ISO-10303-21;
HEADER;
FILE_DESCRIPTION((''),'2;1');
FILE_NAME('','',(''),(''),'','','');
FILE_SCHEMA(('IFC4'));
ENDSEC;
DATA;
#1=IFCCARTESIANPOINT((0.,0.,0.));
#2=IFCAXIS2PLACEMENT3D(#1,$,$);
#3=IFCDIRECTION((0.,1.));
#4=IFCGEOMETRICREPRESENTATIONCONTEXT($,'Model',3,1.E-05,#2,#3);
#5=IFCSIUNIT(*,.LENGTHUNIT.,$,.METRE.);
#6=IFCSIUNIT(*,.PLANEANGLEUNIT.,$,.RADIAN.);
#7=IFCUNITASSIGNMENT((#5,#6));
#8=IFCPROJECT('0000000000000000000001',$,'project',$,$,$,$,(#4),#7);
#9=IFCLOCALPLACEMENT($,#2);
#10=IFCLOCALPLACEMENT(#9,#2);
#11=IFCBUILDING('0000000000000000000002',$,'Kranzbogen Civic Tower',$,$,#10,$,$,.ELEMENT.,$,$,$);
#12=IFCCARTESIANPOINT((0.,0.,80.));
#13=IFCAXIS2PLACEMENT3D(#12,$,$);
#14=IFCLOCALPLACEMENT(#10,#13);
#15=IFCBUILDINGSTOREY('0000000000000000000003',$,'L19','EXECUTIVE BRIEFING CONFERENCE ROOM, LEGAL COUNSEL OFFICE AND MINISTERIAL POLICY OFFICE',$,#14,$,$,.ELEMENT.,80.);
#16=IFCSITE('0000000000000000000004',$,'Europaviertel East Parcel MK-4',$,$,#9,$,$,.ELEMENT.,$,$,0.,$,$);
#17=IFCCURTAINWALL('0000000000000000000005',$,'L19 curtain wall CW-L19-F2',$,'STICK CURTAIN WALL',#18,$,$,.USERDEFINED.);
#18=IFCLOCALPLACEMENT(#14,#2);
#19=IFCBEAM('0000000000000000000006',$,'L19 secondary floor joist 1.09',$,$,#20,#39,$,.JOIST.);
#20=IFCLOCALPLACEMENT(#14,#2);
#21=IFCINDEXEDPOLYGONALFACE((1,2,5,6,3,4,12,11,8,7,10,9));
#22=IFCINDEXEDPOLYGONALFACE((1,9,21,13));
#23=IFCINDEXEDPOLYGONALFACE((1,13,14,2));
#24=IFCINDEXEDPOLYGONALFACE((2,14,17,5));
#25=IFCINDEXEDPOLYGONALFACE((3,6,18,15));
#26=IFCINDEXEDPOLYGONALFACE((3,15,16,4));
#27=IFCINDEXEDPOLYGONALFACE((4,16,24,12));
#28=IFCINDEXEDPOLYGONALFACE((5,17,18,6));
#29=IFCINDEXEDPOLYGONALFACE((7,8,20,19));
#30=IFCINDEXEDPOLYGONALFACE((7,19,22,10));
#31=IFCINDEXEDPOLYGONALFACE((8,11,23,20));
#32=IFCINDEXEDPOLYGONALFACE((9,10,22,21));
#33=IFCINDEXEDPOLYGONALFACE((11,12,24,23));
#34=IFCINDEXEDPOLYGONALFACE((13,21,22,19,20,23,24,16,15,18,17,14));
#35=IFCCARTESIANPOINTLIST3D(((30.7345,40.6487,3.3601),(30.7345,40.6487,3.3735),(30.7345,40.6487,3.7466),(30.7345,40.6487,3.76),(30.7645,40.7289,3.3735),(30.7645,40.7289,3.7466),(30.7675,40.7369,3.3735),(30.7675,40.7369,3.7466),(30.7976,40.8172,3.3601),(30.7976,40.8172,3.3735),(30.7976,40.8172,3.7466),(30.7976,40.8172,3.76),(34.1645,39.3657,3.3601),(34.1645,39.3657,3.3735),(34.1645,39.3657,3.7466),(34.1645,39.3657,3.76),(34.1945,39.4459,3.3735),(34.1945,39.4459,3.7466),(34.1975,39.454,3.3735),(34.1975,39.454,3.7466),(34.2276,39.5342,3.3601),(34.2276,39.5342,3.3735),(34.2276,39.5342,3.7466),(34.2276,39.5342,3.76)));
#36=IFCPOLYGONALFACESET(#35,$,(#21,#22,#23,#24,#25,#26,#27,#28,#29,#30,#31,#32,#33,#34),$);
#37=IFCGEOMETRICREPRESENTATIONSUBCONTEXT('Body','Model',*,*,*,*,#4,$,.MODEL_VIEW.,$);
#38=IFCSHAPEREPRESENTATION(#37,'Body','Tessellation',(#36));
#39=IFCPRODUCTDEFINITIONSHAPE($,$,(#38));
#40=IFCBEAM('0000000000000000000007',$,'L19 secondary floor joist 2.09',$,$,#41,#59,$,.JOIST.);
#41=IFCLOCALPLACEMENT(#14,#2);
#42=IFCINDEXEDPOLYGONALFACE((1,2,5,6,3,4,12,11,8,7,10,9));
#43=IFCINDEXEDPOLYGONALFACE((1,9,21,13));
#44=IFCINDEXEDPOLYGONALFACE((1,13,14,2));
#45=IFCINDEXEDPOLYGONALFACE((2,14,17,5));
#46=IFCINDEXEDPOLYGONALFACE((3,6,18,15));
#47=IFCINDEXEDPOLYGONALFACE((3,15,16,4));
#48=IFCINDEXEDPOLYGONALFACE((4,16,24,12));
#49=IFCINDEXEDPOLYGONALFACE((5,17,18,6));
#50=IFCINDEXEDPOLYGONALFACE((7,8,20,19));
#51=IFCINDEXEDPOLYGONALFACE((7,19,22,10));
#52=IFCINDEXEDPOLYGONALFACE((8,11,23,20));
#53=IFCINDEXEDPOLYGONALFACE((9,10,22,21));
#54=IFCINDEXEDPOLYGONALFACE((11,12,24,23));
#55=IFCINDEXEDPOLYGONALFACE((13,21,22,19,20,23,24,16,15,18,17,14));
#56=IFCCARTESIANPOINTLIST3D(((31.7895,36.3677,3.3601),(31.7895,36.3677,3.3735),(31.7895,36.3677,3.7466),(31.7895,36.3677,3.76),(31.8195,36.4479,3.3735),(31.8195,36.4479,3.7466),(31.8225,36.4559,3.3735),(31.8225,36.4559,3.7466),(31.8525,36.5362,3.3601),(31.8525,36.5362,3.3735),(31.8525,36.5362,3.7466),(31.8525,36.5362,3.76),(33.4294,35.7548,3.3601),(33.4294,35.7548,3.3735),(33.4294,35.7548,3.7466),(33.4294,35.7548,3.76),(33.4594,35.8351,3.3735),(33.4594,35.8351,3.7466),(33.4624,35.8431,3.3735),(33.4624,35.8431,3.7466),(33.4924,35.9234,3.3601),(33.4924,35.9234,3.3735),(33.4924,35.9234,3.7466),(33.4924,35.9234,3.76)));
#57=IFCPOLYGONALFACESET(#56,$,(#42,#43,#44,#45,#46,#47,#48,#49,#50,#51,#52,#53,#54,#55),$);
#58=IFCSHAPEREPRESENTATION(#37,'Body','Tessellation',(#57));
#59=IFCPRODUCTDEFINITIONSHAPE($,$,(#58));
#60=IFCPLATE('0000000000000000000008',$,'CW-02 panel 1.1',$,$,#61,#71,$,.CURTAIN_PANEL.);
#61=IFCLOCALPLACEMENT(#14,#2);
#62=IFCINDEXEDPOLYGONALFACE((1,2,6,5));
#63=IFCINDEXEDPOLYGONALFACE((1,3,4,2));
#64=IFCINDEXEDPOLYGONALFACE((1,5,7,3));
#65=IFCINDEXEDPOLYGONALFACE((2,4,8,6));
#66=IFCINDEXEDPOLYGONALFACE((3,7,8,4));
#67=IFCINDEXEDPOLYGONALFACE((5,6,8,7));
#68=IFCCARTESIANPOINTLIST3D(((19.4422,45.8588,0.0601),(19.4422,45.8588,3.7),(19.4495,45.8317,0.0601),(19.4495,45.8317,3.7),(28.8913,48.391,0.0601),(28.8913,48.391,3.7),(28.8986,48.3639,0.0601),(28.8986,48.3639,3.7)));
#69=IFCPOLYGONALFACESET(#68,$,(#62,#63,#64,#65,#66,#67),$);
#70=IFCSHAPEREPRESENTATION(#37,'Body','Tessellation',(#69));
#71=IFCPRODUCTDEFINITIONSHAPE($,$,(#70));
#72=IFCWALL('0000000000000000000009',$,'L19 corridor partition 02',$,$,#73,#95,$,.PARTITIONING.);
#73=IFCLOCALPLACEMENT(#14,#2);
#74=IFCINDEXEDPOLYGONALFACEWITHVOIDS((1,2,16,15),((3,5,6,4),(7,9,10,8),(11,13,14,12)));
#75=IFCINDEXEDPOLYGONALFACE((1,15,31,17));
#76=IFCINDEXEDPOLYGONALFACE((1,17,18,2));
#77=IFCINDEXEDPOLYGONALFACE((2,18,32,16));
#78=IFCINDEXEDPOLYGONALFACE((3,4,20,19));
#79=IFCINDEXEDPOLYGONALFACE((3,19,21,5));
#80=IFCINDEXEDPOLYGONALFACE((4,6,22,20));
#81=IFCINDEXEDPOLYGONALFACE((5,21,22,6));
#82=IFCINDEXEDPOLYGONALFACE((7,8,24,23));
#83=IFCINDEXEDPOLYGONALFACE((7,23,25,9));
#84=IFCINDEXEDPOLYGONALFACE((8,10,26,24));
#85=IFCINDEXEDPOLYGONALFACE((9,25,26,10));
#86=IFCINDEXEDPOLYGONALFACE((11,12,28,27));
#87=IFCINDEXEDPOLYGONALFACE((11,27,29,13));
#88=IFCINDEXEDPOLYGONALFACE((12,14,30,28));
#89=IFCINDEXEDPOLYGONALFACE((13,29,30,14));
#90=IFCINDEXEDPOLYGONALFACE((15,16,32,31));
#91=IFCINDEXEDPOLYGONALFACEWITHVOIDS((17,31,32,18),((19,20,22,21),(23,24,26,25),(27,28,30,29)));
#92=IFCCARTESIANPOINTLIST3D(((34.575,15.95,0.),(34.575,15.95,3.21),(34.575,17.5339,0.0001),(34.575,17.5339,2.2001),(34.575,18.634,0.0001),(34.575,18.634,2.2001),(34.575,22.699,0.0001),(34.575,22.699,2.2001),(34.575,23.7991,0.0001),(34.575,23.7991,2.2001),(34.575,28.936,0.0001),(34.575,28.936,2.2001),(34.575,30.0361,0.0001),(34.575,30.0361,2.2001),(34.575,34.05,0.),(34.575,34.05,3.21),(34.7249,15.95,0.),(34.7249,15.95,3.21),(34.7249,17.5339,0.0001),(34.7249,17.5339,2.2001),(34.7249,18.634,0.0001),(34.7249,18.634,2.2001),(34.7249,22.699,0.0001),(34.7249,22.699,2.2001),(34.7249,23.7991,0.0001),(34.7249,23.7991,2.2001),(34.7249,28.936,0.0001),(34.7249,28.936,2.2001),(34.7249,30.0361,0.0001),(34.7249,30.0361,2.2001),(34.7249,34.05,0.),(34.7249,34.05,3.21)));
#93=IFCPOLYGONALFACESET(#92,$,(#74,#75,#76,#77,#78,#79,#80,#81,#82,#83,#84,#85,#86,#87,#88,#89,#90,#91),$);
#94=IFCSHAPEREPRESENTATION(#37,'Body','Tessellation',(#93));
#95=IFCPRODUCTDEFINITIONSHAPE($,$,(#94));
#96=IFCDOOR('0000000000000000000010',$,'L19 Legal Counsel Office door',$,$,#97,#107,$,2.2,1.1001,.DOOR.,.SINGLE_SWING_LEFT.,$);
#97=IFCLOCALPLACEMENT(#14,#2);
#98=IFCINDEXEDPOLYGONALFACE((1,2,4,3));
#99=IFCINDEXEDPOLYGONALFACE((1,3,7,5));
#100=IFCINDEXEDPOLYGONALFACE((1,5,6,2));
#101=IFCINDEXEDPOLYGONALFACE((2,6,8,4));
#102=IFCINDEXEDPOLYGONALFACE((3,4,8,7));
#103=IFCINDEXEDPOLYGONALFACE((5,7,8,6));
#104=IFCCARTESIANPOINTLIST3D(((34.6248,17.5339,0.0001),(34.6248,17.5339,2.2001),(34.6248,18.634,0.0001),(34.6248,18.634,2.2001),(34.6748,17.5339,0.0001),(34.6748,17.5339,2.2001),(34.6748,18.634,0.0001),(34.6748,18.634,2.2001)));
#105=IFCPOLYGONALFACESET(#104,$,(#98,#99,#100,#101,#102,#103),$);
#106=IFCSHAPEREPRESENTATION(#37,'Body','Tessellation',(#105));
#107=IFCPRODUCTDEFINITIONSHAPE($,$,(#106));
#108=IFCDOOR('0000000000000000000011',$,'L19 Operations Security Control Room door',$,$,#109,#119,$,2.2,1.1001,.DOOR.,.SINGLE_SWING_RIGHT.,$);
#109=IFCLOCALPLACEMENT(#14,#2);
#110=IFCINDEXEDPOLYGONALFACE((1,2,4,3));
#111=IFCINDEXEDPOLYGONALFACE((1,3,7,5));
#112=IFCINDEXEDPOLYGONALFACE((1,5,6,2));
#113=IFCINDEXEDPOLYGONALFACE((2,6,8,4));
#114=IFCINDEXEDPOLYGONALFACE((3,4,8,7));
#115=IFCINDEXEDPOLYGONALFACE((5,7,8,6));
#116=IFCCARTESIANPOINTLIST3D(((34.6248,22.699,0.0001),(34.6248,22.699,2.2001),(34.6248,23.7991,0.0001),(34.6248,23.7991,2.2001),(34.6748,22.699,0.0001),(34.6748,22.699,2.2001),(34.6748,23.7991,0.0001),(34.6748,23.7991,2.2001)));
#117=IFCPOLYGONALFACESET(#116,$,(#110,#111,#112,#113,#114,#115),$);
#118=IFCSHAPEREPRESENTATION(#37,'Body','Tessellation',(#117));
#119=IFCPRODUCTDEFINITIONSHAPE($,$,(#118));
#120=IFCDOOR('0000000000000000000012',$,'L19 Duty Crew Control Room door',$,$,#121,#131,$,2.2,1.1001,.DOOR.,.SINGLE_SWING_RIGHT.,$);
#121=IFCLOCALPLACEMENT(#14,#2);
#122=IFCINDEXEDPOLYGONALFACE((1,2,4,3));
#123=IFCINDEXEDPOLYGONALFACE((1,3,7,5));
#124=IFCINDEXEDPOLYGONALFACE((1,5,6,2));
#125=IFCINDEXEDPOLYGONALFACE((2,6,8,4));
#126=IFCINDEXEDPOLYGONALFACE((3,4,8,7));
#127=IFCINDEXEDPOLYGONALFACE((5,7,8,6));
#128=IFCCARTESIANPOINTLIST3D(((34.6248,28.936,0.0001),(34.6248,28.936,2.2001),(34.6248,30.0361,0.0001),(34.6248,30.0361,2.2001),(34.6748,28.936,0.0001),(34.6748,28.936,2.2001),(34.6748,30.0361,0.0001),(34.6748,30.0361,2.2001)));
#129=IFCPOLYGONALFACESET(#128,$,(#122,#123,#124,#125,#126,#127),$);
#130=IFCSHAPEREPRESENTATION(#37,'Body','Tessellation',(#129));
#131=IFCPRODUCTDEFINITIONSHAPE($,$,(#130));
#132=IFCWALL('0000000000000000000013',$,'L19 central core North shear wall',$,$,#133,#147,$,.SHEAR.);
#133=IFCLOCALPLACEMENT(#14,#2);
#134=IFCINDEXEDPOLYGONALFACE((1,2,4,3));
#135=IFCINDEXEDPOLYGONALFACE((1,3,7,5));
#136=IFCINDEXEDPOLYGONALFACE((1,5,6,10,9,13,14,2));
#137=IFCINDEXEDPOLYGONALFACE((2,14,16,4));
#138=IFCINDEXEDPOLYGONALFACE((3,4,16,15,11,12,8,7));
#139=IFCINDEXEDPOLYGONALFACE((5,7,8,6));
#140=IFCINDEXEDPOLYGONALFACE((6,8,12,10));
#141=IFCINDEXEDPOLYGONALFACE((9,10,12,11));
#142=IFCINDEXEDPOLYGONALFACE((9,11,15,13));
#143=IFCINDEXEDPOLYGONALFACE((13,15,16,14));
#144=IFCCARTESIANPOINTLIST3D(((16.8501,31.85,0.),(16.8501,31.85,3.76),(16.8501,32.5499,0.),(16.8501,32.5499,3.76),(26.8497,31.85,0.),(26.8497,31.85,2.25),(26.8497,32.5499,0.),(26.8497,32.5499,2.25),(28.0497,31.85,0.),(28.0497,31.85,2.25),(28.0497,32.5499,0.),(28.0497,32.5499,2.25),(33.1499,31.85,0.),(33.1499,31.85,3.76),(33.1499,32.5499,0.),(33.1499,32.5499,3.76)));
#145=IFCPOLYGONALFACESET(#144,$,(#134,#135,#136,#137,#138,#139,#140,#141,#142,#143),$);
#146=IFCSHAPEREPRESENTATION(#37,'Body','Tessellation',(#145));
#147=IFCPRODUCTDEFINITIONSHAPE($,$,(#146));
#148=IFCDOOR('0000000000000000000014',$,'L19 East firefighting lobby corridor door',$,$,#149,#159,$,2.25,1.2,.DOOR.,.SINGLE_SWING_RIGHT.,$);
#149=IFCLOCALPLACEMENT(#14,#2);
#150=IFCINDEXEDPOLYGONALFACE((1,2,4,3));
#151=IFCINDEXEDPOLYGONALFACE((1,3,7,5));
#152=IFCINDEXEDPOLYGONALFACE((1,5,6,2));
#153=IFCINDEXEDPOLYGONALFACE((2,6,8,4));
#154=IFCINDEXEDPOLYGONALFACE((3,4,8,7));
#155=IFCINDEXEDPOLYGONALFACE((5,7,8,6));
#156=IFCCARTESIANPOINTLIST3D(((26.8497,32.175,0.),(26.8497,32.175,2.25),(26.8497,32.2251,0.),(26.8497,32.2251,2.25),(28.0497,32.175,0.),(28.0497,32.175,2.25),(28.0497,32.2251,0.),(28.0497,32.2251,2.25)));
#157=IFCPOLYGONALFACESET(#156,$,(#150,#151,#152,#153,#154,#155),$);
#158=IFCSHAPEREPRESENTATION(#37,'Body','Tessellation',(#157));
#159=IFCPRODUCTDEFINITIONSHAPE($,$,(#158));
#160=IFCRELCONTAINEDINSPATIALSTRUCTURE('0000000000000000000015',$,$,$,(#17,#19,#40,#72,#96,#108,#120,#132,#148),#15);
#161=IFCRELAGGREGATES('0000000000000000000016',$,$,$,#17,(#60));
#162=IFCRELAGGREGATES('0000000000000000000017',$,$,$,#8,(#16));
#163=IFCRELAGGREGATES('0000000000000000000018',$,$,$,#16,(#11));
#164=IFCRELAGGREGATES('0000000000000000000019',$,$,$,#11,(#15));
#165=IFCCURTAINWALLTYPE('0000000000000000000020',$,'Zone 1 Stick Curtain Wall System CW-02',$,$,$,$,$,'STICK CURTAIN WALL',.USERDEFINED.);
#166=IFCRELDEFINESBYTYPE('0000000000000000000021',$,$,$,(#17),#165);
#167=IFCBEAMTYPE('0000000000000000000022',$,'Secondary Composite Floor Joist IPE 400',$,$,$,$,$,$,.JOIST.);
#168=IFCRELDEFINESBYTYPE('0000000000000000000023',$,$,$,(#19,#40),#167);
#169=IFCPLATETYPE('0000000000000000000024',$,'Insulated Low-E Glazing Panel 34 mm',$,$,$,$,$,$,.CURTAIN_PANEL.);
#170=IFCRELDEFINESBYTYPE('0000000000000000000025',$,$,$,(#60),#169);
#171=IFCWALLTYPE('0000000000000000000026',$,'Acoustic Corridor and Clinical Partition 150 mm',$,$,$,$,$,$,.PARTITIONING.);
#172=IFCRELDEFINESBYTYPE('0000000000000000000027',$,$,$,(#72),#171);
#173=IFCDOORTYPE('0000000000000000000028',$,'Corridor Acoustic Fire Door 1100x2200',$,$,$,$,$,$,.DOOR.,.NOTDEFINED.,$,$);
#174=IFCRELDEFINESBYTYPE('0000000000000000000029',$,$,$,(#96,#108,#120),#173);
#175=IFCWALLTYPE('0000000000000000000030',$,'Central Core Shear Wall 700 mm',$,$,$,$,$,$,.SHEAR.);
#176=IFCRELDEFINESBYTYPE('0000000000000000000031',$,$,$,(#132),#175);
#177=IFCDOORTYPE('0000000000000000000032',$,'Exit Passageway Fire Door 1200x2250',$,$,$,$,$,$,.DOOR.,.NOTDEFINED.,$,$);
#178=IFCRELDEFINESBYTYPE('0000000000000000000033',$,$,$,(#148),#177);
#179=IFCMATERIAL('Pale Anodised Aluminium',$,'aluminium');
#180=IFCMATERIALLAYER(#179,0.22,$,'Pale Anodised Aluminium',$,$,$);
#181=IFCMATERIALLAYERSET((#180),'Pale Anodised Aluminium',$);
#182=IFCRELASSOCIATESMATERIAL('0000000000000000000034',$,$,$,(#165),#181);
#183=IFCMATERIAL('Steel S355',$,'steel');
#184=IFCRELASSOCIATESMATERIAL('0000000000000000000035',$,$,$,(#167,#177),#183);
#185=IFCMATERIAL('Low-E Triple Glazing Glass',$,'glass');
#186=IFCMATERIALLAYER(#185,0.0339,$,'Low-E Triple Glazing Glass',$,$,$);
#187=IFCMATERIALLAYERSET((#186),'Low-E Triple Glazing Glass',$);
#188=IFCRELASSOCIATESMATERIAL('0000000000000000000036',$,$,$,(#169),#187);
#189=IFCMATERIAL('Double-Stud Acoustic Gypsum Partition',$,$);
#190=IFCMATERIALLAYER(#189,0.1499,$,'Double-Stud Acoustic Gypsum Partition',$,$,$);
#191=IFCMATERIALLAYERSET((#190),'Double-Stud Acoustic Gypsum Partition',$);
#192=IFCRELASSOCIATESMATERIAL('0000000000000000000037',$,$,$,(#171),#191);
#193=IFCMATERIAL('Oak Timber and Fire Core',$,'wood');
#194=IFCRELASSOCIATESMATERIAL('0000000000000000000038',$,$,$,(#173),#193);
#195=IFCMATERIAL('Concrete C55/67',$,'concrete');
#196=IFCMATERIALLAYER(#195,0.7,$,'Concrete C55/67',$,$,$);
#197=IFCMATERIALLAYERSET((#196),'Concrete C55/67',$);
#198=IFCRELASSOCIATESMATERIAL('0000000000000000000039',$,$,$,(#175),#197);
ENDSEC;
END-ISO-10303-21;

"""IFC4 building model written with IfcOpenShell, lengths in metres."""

from ifc_helpers import new_model, si_unit, direction, frame, frame_2d, origin, origin_2d, place, context, subcontext, project, spatial, rectangle, i_section, extrude, material, layer, layer_set, material_profile, profile_set, type_object, element, fill, aggregate, save


model = new_model("IFC4")

# Units and contexts
model_context = context("Model", 3, precision=1e-05, world=origin(), true_north=direction((0.0, 1.0)))
body_context = subcontext(model_context, "Body", "Model", "MODEL_VIEW")
ifc_project = project(units=[si_unit("LENGTHUNIT", "METRE"), si_unit("PLANEANGLEUNIT", "RADIAN")], contexts=[model_context])

# Site, building, storey
site_placement = place(None, origin())
site = spatial("IfcSite", under=ifc_project, at=site_placement, Name="Europaviertel East Parcel MK-4", CompositionType="ELEMENT", RefElevation=0.0)
building_placement = place(site_placement, origin())
building = spatial("IfcBuilding", under=site, at=building_placement, Name="Kranzbogen Civic Tower", CompositionType="ELEMENT")
storey_placement = place(building_placement, frame((0.0, 0.0, 80.0)))
storey = spatial("IfcBuildingStorey", under=building, at=storey_placement, Name="L19", Description="EXECUTIVE BRIEFING CONFERENCE ROOM, LEGAL COUNSEL OFFICE AND MINISTERIAL POLICY OFFICE", CompositionType="ELEMENT", Elevation=80.0)

# Shared definitions
ifc_material_1 = material(Name="Steel S355", Category="steel")

# Shared definitions
ifc_material_2 = material(Name="Pale Anodised Aluminium", Category="aluminium")
ifc_layer_1 = layer(ifc_material_2, 0.22, Name="Pale Anodised Aluminium")
ifc_layer_set_1 = layer_set([ifc_layer_1], Name="Pale Anodised Aluminium")
curtain_wall_type = type_object("IfcCurtainWallType", Name="Zone 1 Stick Curtain Wall System CW-02", ElementType="STICK CURTAIN WALL", PredefinedType="USERDEFINED", material=ifc_layer_set_1)

# Curtain wall
curtain_wall_1_placement = place(storey_placement, origin())
curtain_wall_1 = element("IfcCurtainWall", 1, at=curtain_wall_1_placement, inside=storey, type_object=curtain_wall_type, Name="L19 curtain wall CW-L19-F2", ObjectType="STICK CURTAIN WALL", PredefinedType="USERDEFINED")

# Beams
ifc_material_profile_1 = material_profile(ifc_material_1, i_section(OverallWidth=0.1799, OverallDepth=0.3999, WebThickness=0.0085, FlangeThickness=0.0134, at=origin_2d()), Name="IPE 400")
ifc_profile_set_1 = profile_set([ifc_material_profile_1], Name="Steel S355")
beam_type_1 = type_object("IfcBeamType", Name="Secondary Composite Floor Joist IPE 400", PredefinedType="JOIST", material=ifc_profile_set_1)
beam_1_placement = place(storey_placement, frame((34.196, 39.45, 3.5601), z_axis=(-0.936622, 0.350342, 0.0), x_axis=(-0.350342, -0.936622, 0.0)))
element("IfcBeam", 2, at=beam_1_placement, inside=storey, type_object=beam_type_1, Name="L19 secondary floor joist 1.09", PredefinedType="JOIST", context=body_context, shape_type="SweptSolid", body=[
    extrude(i_section(OverallWidth=0.1799, OverallDepth=0.3999, WebThickness=0.0085, FlangeThickness=0.0134, at=origin_2d()), origin(), (0.0, 0.0, 1.0), 3.6621),
])
beam_2_placement = place(storey_placement, frame((33.4609, 35.8391, 3.5601), z_axis=(-0.936735, 0.350038, 0.0), x_axis=(-0.350038, -0.936735, 0.0)))
element("IfcBeam", 3, at=beam_2_placement, inside=storey, type_object=beam_type_1, Name="L19 secondary floor joist 2.09", PredefinedType="JOIST", context=body_context, shape_type="SweptSolid", body=[
    extrude(i_section(OverallWidth=0.1799, OverallDepth=0.3999, WebThickness=0.0085, FlangeThickness=0.0134, at=origin_2d()), origin(), (0.0, 0.0, 1.0), 1.7507),
])

# Plate
ifc_material_3 = material(Name="Low-E Triple Glazing Glass", Category="glass")
ifc_layer_2 = layer(ifc_material_3, 0.0339, Name="Low-E Triple Glazing Glass")
ifc_layer_set_2 = layer_set([ifc_layer_2], Name="Low-E Triple Glazing Glass")
plate_type = type_object("IfcPlateType", Name="Insulated Low-E Glazing Panel 34 mm", PredefinedType="CURTAIN_PANEL", material=ifc_layer_set_2)
plate_placement = place(storey_placement, frame((24.1704, 47.1113, 0.0601), z_axis=(0.0, 0.0, 1.0), x_axis=(-0.965917, -0.258851, 0.0)))
plate = element("IfcPlate", 4, at=plate_placement, type_object=plate_type, Name="CW-02 panel 1.1", PredefinedType="CURTAIN_PANEL", context=body_context, shape_type="SweptSolid", body=[
    extrude(rectangle(XDim=9.7825, YDim=0.0281, at=origin_2d()), origin(), (0.0, 0.0, 1.0), 3.6399),
])
aggregate(curtain_wall_1, [plate])

# Wall, openings, doors
ifc_material_4 = material(Name="Double-Stud Acoustic Gypsum Partition")
ifc_layer_3 = layer(ifc_material_4, 0.1499, Name="Double-Stud Acoustic Gypsum Partition")
ifc_layer_set_3 = layer_set([ifc_layer_3], Name="Double-Stud Acoustic Gypsum Partition")
wall_type_1 = type_object("IfcWallType", Name="Acoustic Corridor and Clinical Partition 150 mm", PredefinedType="PARTITIONING", material=ifc_layer_set_3)
wall_1_placement = place(storey_placement, frame((34.6499, 34.05, 0.0), z_axis=(0.0, 0.0, 1.0), x_axis=(0.0, -1.0, 0.0)))
wall_1 = element("IfcWall", 5, at=wall_1_placement, inside=storey, type_object=wall_type_1, Name="L19 corridor partition 02", PredefinedType="PARTITIONING", context=body_context, shape_type="SweptSolid", body=[
    extrude(rectangle(XDim=18.1001, YDim=0.1499, at=frame_2d((9.05, 0.0))), origin(), (0.0, 0.0, 1.0), 3.21),
])
opening_1_placement = place(wall_1_placement, frame((15.416, 0.0, 0.0)))
opening_1 = element("IfcOpeningElement", 6, at=opening_1_placement, cuts=wall_1, PredefinedType="OPENING", context=body_context, shape_type="SweptSolid", body=[
    extrude(rectangle(XDim=1.1001, YDim=2.2, at=frame_2d((0.55, 1.1001))), frame((0.0, 0.085, 0.0), z_axis=(0.0, -1.0, 0.0), x_axis=(1.0, 0.0, 0.0)), (0.0, 0.0, 1.0), 0.1699),
])
opening_2_placement = place(wall_1_placement, frame((10.251, 0.0, 0.0)))
opening_2 = element("IfcOpeningElement", 7, at=opening_2_placement, cuts=wall_1, PredefinedType="OPENING", context=body_context, shape_type="SweptSolid", body=[
    extrude(rectangle(XDim=1.1001, YDim=2.2, at=frame_2d((0.55, 1.1001))), frame((0.0, 0.085, 0.0), z_axis=(0.0, -1.0, 0.0), x_axis=(1.0, 0.0, 0.0)), (0.0, 0.0, 1.0), 0.1699),
])
opening_3_placement = place(wall_1_placement, frame((4.0139, 0.0, 0.0)))
opening_3 = element("IfcOpeningElement", 8, at=opening_3_placement, cuts=wall_1, PredefinedType="OPENING", context=body_context, shape_type="SweptSolid", body=[
    extrude(rectangle(XDim=1.1001, YDim=2.2, at=frame_2d((0.55, 1.1001))), frame((0.0, 0.085, 0.0), z_axis=(0.0, -1.0, 0.0), x_axis=(1.0, 0.0, 0.0)), (0.0, 0.0, 1.0), 0.1699),
])
ifc_material_5 = material(Name="Oak Timber and Fire Core", Category="wood")
door_type_1 = type_object("IfcDoorType", Name="Corridor Acoustic Fire Door 1100x2200", OperationType="NOTDEFINED", PredefinedType="DOOR", material=ifc_material_5)
door_1_placement = place(opening_1_placement, origin())
door_1 = element("IfcDoor", 9, at=door_1_placement, inside=storey, type_object=door_type_1, Name="L19 Legal Counsel Office door", OperationType="SINGLE_SWING_LEFT", OverallHeight=2.2, OverallWidth=1.1001, PredefinedType="DOOR", context=body_context, shape_type="SweptSolid", body=[
    extrude(rectangle(XDim=1.1001, YDim=2.2, at=frame_2d((0.55, 1.1001))), frame((0.0, 0.0249, 0.0), z_axis=(0.0, -1.0, 0.0), x_axis=(1.0, 0.0, 0.0)), (0.0, 0.0, 1.0), 0.05),
])
fill(opening_1, door_1)
door_2_placement = place(opening_2_placement, origin())
door_2 = element("IfcDoor", 10, at=door_2_placement, inside=storey, type_object=door_type_1, Name="L19 Operations Security Control Room door", OperationType="SINGLE_SWING_RIGHT", OverallHeight=2.2, OverallWidth=1.1001, PredefinedType="DOOR", context=body_context, shape_type="SweptSolid", body=[
    extrude(rectangle(XDim=1.1001, YDim=2.2, at=frame_2d((0.55, 1.1001))), frame((0.0, 0.0249, 0.0), z_axis=(0.0, -1.0, 0.0), x_axis=(1.0, 0.0, 0.0)), (0.0, 0.0, 1.0), 0.05),
])
fill(opening_2, door_2)
door_3_placement = place(opening_3_placement, origin())
door_3 = element("IfcDoor", 11, at=door_3_placement, inside=storey, type_object=door_type_1, Name="L19 Duty Crew Control Room door", OperationType="SINGLE_SWING_RIGHT", OverallHeight=2.2, OverallWidth=1.1001, PredefinedType="DOOR", context=body_context, shape_type="SweptSolid", body=[
    extrude(rectangle(XDim=1.1001, YDim=2.2, at=frame_2d((0.55, 1.1001))), frame((0.0, 0.0249, 0.0), z_axis=(0.0, -1.0, 0.0), x_axis=(1.0, 0.0, 0.0)), (0.0, 0.0, 1.0), 0.05),
])
fill(opening_3, door_3)

# Wall, opening, door
ifc_material_6 = material(Name="Concrete C55/67", Category="concrete")
ifc_layer_4 = layer(ifc_material_6, 0.7, Name="Concrete C55/67")
ifc_layer_set_4 = layer_set([ifc_layer_4], Name="Concrete C55/67")
wall_type_2 = type_object("IfcWallType", Name="Central Core Shear Wall 700 mm", PredefinedType="SHEAR", material=ifc_layer_set_4)
wall_2_placement = place(storey_placement, frame((33.1499, 32.2, 0.0), z_axis=(0.0, 0.0, 1.0), x_axis=(-1.0, 0.0, 0.0)))
wall_2 = element("IfcWall", 12, at=wall_2_placement, inside=storey, type_object=wall_type_2, Name="L19 central core North shear wall", PredefinedType="SHEAR", context=body_context, shape_type="SweptSolid", body=[
    extrude(rectangle(XDim=16.2998, YDim=0.7, at=frame_2d((8.1499, 0.0))), origin(), (0.0, 0.0, 1.0), 3.76),
])
opening_4_placement = place(wall_2_placement, frame((5.1001, 0.0, 0.0)))
opening_4 = element("IfcOpeningElement", 13, at=opening_4_placement, cuts=wall_2, PredefinedType="OPENING", context=body_context, shape_type="SweptSolid", body=[
    extrude(rectangle(XDim=1.2, YDim=2.25, at=frame_2d((0.6001, 1.125))), frame((0.0, 0.3599, 0.0), z_axis=(0.0, -1.0, 0.0), x_axis=(1.0, 0.0, 0.0)), (0.0, 0.0, 1.0), 0.72),
])
door_type_2 = type_object("IfcDoorType", Name="Exit Passageway Fire Door 1200x2250", OperationType="NOTDEFINED", PredefinedType="DOOR", material=ifc_material_1)
door_4_placement = place(opening_4_placement, origin())
door_4 = element("IfcDoor", 14, at=door_4_placement, inside=storey, type_object=door_type_2, Name="L19 East firefighting lobby corridor door", OperationType="SINGLE_SWING_RIGHT", OverallHeight=2.25, OverallWidth=1.2, PredefinedType="DOOR", context=body_context, shape_type="SweptSolid", body=[
    extrude(rectangle(XDim=1.2, YDim=2.25, at=frame_2d((0.6001, 1.125))), frame((0.0, 0.0249, 0.0), z_axis=(0.0, -1.0, 0.0), x_axis=(1.0, 0.0, 0.0)), (0.0, 0.0, 1.0), 0.05),
])
fill(opening_4, door_4)

save(model, "model.ifc")
